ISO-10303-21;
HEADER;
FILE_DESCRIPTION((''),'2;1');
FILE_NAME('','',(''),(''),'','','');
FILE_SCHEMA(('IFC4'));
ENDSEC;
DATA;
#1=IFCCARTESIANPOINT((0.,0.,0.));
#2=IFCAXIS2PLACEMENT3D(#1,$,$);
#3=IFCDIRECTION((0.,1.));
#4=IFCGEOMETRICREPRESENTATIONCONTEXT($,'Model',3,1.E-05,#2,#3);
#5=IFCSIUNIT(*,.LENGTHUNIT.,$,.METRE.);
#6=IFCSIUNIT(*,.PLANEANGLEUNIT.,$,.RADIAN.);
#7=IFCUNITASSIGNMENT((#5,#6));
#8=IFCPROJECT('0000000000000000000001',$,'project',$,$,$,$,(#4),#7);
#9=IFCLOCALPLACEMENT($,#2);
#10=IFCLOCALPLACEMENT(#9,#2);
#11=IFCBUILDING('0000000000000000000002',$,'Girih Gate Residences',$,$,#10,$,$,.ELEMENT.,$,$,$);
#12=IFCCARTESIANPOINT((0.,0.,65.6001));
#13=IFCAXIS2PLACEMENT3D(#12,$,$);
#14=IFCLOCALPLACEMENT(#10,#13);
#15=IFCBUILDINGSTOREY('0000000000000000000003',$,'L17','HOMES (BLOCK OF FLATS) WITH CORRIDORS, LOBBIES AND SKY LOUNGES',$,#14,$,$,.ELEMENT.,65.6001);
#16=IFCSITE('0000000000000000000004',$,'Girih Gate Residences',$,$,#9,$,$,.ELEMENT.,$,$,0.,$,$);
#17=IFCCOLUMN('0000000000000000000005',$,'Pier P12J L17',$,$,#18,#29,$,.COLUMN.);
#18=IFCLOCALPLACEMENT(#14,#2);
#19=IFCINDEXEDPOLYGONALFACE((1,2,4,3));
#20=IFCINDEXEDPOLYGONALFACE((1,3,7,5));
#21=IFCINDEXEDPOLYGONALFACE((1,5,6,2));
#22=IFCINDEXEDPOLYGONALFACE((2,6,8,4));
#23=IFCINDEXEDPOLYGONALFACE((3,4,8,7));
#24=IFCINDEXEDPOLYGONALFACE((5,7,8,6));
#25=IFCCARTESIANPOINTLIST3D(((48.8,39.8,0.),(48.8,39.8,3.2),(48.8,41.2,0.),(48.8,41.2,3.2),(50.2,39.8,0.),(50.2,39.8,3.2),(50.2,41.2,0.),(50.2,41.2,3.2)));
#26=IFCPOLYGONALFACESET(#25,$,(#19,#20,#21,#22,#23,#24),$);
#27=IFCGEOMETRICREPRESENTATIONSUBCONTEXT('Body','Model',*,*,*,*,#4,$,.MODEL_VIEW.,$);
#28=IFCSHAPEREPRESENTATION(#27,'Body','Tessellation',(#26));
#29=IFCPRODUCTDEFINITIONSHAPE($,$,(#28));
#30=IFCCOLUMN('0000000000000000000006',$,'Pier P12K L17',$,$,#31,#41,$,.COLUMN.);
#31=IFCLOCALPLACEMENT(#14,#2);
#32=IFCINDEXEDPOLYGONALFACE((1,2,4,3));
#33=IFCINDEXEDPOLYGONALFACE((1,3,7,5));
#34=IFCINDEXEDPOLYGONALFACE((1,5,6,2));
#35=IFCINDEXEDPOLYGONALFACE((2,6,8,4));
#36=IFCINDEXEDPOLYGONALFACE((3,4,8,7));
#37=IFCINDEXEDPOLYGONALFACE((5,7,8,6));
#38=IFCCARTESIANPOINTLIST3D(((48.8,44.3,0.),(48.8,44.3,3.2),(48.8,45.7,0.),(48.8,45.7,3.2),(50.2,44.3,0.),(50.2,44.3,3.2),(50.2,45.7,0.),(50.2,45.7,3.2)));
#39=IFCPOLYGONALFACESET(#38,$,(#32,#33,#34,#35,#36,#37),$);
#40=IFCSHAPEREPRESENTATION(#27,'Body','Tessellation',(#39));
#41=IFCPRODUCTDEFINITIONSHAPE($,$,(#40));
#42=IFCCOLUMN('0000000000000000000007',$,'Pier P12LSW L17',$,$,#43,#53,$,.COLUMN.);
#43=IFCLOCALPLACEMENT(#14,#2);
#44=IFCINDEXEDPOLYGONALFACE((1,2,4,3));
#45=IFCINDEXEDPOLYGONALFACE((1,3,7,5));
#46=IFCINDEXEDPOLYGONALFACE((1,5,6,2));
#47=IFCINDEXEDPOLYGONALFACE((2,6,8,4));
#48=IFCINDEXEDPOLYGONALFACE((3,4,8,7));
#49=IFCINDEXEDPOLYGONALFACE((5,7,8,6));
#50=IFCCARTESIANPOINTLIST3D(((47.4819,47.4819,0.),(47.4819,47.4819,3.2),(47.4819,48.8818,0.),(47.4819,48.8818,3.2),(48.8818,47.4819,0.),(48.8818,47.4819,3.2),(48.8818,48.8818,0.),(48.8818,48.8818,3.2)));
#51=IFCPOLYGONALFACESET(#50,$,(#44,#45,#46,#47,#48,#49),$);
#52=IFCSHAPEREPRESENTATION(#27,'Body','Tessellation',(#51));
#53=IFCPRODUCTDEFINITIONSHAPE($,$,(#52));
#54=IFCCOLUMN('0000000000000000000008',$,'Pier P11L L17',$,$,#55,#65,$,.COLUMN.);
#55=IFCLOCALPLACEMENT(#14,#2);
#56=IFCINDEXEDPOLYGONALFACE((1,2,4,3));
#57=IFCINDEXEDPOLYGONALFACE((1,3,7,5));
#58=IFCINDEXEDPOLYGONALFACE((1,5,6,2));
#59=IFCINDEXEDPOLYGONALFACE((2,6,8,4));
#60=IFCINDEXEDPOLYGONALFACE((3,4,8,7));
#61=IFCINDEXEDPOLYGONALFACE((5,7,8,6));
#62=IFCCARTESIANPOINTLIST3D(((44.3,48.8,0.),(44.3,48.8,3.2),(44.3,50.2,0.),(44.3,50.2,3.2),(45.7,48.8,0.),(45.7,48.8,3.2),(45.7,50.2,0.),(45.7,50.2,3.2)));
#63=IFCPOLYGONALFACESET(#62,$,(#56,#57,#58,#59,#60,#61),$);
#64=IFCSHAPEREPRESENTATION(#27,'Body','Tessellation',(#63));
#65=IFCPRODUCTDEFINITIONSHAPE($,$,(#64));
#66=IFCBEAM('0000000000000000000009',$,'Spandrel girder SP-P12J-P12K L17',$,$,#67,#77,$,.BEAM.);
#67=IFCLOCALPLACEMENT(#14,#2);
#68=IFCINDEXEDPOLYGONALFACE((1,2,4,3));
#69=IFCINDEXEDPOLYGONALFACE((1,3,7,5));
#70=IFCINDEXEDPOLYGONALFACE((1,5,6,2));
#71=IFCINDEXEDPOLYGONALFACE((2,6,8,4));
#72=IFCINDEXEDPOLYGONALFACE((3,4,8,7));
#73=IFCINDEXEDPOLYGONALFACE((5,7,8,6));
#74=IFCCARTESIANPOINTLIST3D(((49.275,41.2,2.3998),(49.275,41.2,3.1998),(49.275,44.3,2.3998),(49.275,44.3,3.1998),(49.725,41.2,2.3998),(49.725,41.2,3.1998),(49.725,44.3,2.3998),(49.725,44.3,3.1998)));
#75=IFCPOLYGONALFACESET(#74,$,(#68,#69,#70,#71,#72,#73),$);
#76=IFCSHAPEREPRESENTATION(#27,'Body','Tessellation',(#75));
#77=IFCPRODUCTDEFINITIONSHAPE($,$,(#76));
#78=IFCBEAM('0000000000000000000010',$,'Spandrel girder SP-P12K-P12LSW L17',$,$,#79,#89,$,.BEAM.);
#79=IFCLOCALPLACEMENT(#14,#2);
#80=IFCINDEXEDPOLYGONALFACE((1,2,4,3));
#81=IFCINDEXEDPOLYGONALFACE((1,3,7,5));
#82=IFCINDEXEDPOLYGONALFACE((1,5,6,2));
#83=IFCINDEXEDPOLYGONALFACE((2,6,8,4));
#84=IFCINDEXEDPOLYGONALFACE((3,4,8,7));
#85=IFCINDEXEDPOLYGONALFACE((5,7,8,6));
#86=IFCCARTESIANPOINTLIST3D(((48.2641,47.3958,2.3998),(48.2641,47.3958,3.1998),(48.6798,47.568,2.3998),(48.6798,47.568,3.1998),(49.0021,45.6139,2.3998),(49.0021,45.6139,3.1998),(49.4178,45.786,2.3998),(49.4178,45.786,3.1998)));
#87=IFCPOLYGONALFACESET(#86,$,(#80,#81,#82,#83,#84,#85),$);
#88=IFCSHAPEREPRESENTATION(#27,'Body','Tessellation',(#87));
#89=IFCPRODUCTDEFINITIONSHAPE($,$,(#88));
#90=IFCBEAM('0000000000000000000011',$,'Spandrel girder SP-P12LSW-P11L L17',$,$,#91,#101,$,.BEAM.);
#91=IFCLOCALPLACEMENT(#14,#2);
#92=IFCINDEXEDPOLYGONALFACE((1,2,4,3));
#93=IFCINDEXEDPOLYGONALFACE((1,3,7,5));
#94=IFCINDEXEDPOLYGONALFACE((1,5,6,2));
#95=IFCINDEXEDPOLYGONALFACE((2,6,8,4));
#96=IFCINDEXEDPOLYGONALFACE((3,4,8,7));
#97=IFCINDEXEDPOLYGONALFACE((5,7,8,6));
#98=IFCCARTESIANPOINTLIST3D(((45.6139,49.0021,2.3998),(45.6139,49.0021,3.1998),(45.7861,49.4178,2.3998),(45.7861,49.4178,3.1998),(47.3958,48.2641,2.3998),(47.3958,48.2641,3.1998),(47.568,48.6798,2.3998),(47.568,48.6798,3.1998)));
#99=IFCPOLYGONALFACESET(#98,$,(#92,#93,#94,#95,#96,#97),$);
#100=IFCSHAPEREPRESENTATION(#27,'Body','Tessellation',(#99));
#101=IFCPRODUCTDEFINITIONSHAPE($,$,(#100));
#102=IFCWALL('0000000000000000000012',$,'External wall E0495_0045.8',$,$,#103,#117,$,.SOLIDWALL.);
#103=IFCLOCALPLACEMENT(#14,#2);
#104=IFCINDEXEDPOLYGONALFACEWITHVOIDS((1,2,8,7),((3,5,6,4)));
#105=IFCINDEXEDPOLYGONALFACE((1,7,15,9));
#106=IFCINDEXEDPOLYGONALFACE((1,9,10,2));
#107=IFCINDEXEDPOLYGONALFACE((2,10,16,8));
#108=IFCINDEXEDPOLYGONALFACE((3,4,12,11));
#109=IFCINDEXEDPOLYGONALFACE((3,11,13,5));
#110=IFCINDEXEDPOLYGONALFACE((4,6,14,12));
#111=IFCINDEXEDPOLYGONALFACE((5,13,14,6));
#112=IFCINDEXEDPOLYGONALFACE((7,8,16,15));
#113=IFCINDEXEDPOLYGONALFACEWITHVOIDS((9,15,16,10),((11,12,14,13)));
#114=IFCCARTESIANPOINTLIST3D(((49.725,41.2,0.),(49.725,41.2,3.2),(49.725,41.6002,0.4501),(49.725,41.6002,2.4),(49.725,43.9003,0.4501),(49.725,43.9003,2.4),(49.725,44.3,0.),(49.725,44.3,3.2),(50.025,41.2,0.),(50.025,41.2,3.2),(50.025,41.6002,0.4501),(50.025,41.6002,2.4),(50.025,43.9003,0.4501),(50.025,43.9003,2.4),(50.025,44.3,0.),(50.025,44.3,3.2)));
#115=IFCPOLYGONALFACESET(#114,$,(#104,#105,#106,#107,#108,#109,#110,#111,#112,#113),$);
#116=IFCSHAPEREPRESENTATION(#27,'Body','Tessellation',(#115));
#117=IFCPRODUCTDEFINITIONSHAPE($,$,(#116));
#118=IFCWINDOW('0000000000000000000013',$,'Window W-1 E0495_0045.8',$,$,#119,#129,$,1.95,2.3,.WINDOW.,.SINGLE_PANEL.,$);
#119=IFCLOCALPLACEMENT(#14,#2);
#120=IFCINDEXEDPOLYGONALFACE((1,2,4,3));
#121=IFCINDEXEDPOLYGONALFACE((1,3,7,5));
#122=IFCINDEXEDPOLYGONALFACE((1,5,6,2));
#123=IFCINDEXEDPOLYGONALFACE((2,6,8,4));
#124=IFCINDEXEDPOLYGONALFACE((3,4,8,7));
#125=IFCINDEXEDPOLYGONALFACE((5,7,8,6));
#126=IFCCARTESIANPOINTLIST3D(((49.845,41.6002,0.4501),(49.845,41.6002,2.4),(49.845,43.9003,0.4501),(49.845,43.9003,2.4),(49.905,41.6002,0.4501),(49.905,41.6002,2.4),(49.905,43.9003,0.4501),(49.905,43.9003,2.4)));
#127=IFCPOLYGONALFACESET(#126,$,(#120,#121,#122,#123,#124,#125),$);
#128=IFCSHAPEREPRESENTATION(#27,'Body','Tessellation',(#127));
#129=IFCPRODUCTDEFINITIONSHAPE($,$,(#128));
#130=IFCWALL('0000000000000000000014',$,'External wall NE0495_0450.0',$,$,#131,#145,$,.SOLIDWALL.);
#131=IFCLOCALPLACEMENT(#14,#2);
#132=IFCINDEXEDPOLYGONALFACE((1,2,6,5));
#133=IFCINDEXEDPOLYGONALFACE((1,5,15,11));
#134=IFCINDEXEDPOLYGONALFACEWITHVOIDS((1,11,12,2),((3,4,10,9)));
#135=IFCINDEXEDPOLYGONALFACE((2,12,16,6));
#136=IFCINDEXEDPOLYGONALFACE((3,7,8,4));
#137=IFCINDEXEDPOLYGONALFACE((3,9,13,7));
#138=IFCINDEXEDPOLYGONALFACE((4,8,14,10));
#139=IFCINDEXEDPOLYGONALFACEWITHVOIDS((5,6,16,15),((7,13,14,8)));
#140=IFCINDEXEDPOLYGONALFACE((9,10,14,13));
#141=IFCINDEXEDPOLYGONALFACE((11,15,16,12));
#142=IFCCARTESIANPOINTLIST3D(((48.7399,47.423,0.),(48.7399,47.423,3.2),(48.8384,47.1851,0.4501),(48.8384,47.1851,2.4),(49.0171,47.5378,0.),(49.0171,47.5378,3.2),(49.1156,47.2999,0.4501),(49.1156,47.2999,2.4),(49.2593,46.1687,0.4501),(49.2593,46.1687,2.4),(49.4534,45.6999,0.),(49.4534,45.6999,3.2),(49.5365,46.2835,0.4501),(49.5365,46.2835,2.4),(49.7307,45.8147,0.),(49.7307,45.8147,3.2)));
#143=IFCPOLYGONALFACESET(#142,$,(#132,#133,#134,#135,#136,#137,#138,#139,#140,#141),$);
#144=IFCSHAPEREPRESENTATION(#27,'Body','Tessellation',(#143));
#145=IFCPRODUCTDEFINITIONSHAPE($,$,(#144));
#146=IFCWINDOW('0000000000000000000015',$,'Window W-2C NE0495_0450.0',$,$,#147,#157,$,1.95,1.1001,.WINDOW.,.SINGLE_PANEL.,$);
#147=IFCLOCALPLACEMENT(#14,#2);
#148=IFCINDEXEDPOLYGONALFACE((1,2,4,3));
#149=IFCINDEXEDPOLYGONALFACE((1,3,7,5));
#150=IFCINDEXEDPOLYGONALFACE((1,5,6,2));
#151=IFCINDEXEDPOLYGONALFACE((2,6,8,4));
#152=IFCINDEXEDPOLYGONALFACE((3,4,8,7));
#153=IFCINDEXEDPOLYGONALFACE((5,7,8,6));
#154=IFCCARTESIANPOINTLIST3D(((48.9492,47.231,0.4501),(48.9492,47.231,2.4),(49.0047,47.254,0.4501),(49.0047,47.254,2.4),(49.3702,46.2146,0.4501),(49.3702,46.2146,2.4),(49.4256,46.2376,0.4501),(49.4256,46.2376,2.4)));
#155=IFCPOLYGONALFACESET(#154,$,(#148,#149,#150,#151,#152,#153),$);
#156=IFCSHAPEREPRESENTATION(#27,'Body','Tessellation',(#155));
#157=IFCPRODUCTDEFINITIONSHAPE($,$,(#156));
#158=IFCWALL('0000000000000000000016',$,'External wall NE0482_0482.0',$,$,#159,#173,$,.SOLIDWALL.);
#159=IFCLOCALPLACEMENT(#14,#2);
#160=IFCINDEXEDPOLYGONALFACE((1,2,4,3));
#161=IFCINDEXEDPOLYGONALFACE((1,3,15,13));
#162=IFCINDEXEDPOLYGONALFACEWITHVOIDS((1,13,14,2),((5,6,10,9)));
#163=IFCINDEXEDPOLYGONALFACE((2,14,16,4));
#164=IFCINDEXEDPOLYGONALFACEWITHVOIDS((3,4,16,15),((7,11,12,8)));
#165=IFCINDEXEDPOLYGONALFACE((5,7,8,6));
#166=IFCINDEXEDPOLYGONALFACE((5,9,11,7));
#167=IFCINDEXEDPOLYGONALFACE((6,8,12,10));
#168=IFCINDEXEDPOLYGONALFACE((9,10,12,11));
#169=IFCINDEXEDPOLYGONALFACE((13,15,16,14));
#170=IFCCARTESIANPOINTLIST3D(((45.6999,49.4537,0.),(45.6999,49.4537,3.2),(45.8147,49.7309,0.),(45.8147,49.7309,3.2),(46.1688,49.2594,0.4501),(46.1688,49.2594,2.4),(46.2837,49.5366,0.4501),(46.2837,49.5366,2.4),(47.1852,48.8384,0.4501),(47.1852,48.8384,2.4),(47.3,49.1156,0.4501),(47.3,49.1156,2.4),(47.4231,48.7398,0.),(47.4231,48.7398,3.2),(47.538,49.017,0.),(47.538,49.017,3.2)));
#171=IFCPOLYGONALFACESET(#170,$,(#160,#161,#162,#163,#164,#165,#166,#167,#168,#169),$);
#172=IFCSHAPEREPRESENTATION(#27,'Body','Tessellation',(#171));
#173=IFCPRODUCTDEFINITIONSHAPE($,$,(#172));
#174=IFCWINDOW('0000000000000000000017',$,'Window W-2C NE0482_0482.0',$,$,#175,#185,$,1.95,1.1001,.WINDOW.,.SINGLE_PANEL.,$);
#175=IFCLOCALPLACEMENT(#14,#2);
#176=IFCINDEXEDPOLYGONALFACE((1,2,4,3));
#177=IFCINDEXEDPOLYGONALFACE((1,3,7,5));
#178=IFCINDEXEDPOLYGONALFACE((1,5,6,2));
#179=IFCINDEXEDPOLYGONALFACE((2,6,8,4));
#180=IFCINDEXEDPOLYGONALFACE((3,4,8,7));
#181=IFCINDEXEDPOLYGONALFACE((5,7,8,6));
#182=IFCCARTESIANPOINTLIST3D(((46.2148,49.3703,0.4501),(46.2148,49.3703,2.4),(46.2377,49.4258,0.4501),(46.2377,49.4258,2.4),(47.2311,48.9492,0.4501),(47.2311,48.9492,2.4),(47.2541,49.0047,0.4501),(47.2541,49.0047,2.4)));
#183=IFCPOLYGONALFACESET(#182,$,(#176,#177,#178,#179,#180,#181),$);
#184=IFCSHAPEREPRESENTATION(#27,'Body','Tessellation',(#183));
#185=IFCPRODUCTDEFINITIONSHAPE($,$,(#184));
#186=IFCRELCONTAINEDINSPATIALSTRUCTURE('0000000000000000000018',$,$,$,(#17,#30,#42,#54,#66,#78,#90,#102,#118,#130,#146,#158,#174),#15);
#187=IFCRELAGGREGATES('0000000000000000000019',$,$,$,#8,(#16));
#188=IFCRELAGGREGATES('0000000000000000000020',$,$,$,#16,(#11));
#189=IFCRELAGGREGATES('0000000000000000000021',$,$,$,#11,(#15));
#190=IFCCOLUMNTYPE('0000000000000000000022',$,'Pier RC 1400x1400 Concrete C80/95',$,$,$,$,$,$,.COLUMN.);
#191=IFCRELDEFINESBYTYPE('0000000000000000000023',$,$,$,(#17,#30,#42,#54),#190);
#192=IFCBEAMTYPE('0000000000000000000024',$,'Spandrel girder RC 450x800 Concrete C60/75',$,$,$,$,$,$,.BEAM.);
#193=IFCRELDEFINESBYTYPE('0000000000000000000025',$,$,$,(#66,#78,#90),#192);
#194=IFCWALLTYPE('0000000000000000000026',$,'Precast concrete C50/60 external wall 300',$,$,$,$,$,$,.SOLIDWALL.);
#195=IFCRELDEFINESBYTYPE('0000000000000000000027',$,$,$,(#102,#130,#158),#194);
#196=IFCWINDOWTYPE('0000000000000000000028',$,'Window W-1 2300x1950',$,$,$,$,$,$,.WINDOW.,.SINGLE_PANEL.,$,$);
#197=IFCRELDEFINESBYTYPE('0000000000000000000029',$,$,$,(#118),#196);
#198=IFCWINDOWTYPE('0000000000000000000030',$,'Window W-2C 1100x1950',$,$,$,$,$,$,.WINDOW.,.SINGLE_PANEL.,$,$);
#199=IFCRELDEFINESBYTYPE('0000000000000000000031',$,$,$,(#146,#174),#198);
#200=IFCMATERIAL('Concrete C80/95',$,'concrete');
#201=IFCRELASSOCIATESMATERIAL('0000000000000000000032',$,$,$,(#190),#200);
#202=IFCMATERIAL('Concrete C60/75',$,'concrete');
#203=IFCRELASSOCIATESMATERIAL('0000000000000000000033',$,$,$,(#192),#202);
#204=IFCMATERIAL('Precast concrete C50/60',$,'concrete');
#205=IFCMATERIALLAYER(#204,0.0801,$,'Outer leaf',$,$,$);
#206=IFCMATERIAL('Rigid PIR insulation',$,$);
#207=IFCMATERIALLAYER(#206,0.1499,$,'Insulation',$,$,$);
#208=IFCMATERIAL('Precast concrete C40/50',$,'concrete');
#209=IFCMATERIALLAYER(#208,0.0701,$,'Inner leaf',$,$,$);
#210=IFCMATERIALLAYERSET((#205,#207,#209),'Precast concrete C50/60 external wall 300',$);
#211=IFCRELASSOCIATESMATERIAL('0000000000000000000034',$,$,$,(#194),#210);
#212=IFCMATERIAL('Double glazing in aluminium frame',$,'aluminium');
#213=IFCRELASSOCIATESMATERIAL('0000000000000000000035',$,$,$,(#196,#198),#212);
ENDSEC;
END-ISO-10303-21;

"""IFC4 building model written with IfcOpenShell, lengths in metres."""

from ifc_helpers import new_model, si_unit, direction, frame, frame_2d, origin, origin_2d, place, context, subcontext, project, spatial, rectangle, extrude, material, layer, layer_set, material_profile, profile_set, type_object, element, fill, save


model = new_model("IFC4")

# Units and contexts
model_context = context("Model", 3, precision=1e-05, world=origin(), true_north=direction((0.0, 1.0)))
body_context = subcontext(model_context, "Body", "Model", "MODEL_VIEW")
ifc_project = project(units=[si_unit("LENGTHUNIT", "METRE"), si_unit("PLANEANGLEUNIT", "RADIAN")], contexts=[model_context])

# Site, building, storey
site_placement = place(None, origin())
site = spatial("IfcSite", under=ifc_project, at=site_placement, Name="Girih Gate Residences", CompositionType="ELEMENT", RefElevation=0.0)
building_placement = place(site_placement, origin())
building = spatial("IfcBuilding", under=site, at=building_placement, Name="Girih Gate Residences", CompositionType="ELEMENT")
storey_placement = place(building_placement, frame((0.0, 0.0, 65.6001)))
storey = spatial("IfcBuildingStorey", under=building, at=storey_placement, Name="L17", Description="HOMES (BLOCK OF FLATS) WITH CORRIDORS, LOBBIES AND SKY LOUNGES", CompositionType="ELEMENT", Elevation=65.6001)

# Columns
ifc_material_1 = material(Name="Concrete C80/95", Category="concrete")
ifc_material_profile_1 = material_profile(ifc_material_1, rectangle(XDim=1.3999, YDim=1.3999, at=origin_2d()))
ifc_profile_set_1 = profile_set([ifc_material_profile_1], Name="Concrete C80/95")
column_type = type_object("IfcColumnType", Name="Pier RC 1400x1400 Concrete C80/95", PredefinedType="COLUMN", material=ifc_profile_set_1)
for number, where, z_axis, x_axis, name in (
    (1, (49.5, 40.5, 0.0), (0.0, 0.0, 1.0), (1.0, 0.0, 0.0), "Pier P12J L17"),
    (2, (49.5, 45.0, 0.0), (0.0, 0.0, 1.0), (1.0, 0.0, 0.0), "Pier P12K L17"),
    (3, (48.1819, 48.1819, 0.0), (0.0, 0.0, 1.0), (1.0, 0.0, 0.0), "Pier P12LSW L17"),
    (4, (45.0, 49.5, 0.0), (0.0, 0.0, 1.0), (1.0, 0.0, 0.0), "Pier P11L L17"),
):
    element("IfcColumn", number, at=place(storey_placement, frame(where, z_axis=z_axis, x_axis=x_axis)), inside=storey, type_object=column_type, Name=name, PredefinedType="COLUMN", context=body_context, shape_type="SweptSolid", body=[
        extrude(rectangle(XDim=1.3999, YDim=1.3999, at=origin_2d()), origin(), (0.0, 0.0, 1.0), 3.2),
    ])

# Beams
ifc_material_2 = material(Name="Concrete C60/75", Category="concrete")
ifc_material_profile_2 = material_profile(ifc_material_2, rectangle(XDim=0.45, YDim=0.8, at=origin_2d()))
ifc_profile_set_2 = profile_set([ifc_material_profile_2], Name="Concrete C60/75")
beam_type = type_object("IfcBeamType", Name="Spandrel girder RC 450x800 Concrete C60/75", PredefinedType="BEAM", material=ifc_profile_set_2)
beam_placement = place(storey_placement, frame((49.5, 41.2, 2.7998), z_axis=(0.0, 1.0, 0.0), x_axis=(-1.0, 0.0, 0.0)))
element("IfcBeam", 5, at=beam_placement, inside=storey, type_object=beam_type, Name="Spandrel girder SP-P12J-P12K L17", PredefinedType="BEAM", context=body_context, shape_type="SweptSolid", body=[
    extrude(rectangle(XDim=0.45, YDim=0.8, at=origin_2d()), origin(), (0.0, 0.0, 1.0), 3.1001),
])
for number, where, z_axis, x_axis, name in (
    (6, (49.21, 45.7, 2.7998), (-0.382646, 0.923895, 0.0), (-0.923895, -0.382646, 0.0), "Spandrel girder SP-P12K-P12LSW L17"),
    (7, (47.4819, 48.4719, 2.7998), (-0.923895, 0.382646, 0.0), (-0.382646, -0.923895, 0.0), "Spandrel girder SP-P12LSW-P11L L17"),
):
    element("IfcBeam", number, at=place(storey_placement, frame(where, z_axis=z_axis, x_axis=x_axis)), inside=storey, type_object=beam_type, Name=name, PredefinedType="BEAM", context=body_context, shape_type="SweptSolid", body=[
        extrude(rectangle(XDim=0.45, YDim=0.8, at=origin_2d()), origin(), (0.0, 0.0, 1.0), 1.9287),
    ])

# Walls, openings, windows
ifc_material_3 = material(Name="Precast concrete C50/60", Category="concrete")
ifc_layer_1 = layer(ifc_material_3, 0.0801, Name="Outer leaf")
ifc_material_4 = material(Name="Rigid PIR insulation")
ifc_layer_2 = layer(ifc_material_4, 0.1499, Name="Insulation")
ifc_material_5 = material(Name="Precast concrete C40/50", Category="concrete")
ifc_layer_3 = layer(ifc_material_5, 0.0701, Name="Inner leaf")
ifc_layer_set = layer_set([ifc_layer_1, ifc_layer_2, ifc_layer_3], Name="Precast concrete C50/60 external wall 300")
wall_type = type_object("IfcWallType", Name="Precast concrete C50/60 external wall 300", PredefinedType="SOLIDWALL", material=ifc_layer_set)
wall_1_placement = place(storey_placement, frame((49.875, 44.3, 0.0), z_axis=(0.0, 0.0, 1.0), x_axis=(0.0, -1.0, 0.0)))
wall_1 = element("IfcWall", 8, at=wall_1_placement, inside=storey, type_object=wall_type, Name="External wall E0495_0045.8", PredefinedType="SOLIDWALL", context=body_context, shape_type="SweptSolid", body=[
    extrude(rectangle(XDim=3.1001, YDim=0.3, at=frame_2d((1.55, 0.0))), origin(), (0.0, 0.0, 1.0), 3.2),
])
opening_1_placement = place(wall_1_placement, frame((0.3999, 0.0, 0.45)))
opening_1 = element("IfcOpeningElement", 9, at=opening_1_placement, cuts=wall_1, PredefinedType="OPENING", context=body_context, shape_type="SweptSolid", body=[
    extrude(rectangle(XDim=2.3, YDim=1.95, at=frame_2d((1.1499, 0.9751))), frame((0.0, 0.1599, 0.0), z_axis=(0.0, -1.0, 0.0), x_axis=(1.0, 0.0, 0.0)), (0.0, 0.0, 1.0), 0.3201),
])
ifc_material_6 = material(Name="Double glazing in aluminium frame", Category="aluminium")
window_type_1 = type_object("IfcWindowType", Name="Window W-1 2300x1950", PartitioningType="SINGLE_PANEL", PredefinedType="WINDOW", material=ifc_material_6)
window_1_placement = place(opening_1_placement, origin())
window_1 = element("IfcWindow", 10, at=window_1_placement, inside=storey, type_object=window_type_1, Name="Window W-1 E0495_0045.8", OverallHeight=1.95, OverallWidth=2.3, PartitioningType="SINGLE_PANEL", PredefinedType="WINDOW", context=body_context, shape_type="SweptSolid", body=[
    extrude(rectangle(XDim=2.3, YDim=1.95, at=frame_2d((1.1499, 0.9751))), frame((0.0, 0.03, 0.0), z_axis=(0.0, -1.0, 0.0), x_axis=(1.0, 0.0, 0.0)), (0.0, 0.0, 1.0), 0.0601),
])
fill(opening_1, window_1)
wall_2_placement = place(storey_placement, frame((48.8784, 47.4805, 0.0), z_axis=(0.0, 0.0, 1.0), x_axis=(0.382625, -0.923904, 0.0)))
wall_2 = element("IfcWall", 11, at=wall_2_placement, inside=storey, type_object=wall_type, Name="External wall NE0495_0450.0", PredefinedType="SOLIDWALL", context=body_context, shape_type="SweptSolid", body=[
    extrude(rectangle(XDim=1.865, YDim=0.3, at=frame_2d((0.9326, 0.0))), origin(), (0.0, 0.0, 1.0), 3.2),
])
opening_2_placement = place(wall_2_placement, frame((0.2576, 0.0, 0.45)))
opening_2 = element("IfcOpeningElement", 12, at=opening_2_placement, cuts=wall_2, PredefinedType="OPENING", context=body_context, shape_type="SweptSolid", body=[
    extrude(rectangle(XDim=1.1001, YDim=1.95, at=frame_2d((0.55, 0.9751))), frame((0.0, 0.1599, 0.0), z_axis=(0.0, -1.0, 0.0), x_axis=(1.0, 0.0, 0.0)), (0.0, 0.0, 1.0), 0.3201),
])
window_type_2 = type_object("IfcWindowType", Name="Window W-2C 1100x1950", PartitioningType="SINGLE_PANEL", PredefinedType="WINDOW", material=ifc_material_6)
window_2_placement = place(opening_2_placement, origin())
window_2 = element("IfcWindow", 13, at=window_2_placement, inside=storey, type_object=window_type_2, Name="Window W-2C NE0495_0450.0", OverallHeight=1.95, OverallWidth=1.1001, PartitioningType="SINGLE_PANEL", PredefinedType="WINDOW", context=body_context, shape_type="SweptSolid", body=[
    extrude(rectangle(XDim=1.1001, YDim=1.95, at=frame_2d((0.55, 0.9751))), frame((0.0, 0.03, 0.0), z_axis=(0.0, -1.0, 0.0), x_axis=(1.0, 0.0, 0.0)), (0.0, 0.0, 1.0), 0.0601),
])
fill(opening_2, window_2)
wall_3_placement = place(storey_placement, frame((45.7573, 49.5923, 0.0), z_axis=(0.0, 0.0, 1.0), x_axis=(0.923857, -0.382737, 0.0)))
wall_3 = element("IfcWall", 14, at=wall_3_placement, inside=storey, type_object=wall_type, Name="External wall NE0482_0482.0", PredefinedType="SOLIDWALL", context=body_context, shape_type="SweptSolid", body=[
    extrude(rectangle(XDim=1.8652, YDim=0.3, at=frame_2d((0.9326, 0.0))), origin(), (0.0, 0.0, 1.0), 3.2),
])
opening_3_placement = place(wall_3_placement, frame((0.5076, 0.0, 0.45)))
opening_3 = element("IfcOpeningElement", 15, at=opening_3_placement, cuts=wall_3, PredefinedType="OPENING", context=body_context, shape_type="SweptSolid", body=[
    extrude(rectangle(XDim=1.1001, YDim=1.95, at=frame_2d((0.55, 0.9751))), frame((0.0, 0.1599, 0.0), z_axis=(0.0, -1.0, 0.0), x_axis=(1.0, 0.0, 0.0)), (0.0, 0.0, 1.0), 0.3201),
])
window_3_placement = place(opening_3_placement, origin())
window_3 = element("IfcWindow", 16, at=window_3_placement, inside=storey, type_object=window_type_2, Name="Window W-2C NE0482_0482.0", OverallHeight=1.95, OverallWidth=1.1001, PartitioningType="SINGLE_PANEL", PredefinedType="WINDOW", context=body_context, shape_type="SweptSolid", body=[
    extrude(rectangle(XDim=1.1001, YDim=1.95, at=frame_2d((0.55, 0.9751))), frame((0.0, 0.03, 0.0), z_axis=(0.0, -1.0, 0.0), x_axis=(1.0, 0.0, 0.0)), (0.0, 0.0, 1.0), 0.0601),
])
fill(opening_3, window_3)

save(model, "model.ifc")
